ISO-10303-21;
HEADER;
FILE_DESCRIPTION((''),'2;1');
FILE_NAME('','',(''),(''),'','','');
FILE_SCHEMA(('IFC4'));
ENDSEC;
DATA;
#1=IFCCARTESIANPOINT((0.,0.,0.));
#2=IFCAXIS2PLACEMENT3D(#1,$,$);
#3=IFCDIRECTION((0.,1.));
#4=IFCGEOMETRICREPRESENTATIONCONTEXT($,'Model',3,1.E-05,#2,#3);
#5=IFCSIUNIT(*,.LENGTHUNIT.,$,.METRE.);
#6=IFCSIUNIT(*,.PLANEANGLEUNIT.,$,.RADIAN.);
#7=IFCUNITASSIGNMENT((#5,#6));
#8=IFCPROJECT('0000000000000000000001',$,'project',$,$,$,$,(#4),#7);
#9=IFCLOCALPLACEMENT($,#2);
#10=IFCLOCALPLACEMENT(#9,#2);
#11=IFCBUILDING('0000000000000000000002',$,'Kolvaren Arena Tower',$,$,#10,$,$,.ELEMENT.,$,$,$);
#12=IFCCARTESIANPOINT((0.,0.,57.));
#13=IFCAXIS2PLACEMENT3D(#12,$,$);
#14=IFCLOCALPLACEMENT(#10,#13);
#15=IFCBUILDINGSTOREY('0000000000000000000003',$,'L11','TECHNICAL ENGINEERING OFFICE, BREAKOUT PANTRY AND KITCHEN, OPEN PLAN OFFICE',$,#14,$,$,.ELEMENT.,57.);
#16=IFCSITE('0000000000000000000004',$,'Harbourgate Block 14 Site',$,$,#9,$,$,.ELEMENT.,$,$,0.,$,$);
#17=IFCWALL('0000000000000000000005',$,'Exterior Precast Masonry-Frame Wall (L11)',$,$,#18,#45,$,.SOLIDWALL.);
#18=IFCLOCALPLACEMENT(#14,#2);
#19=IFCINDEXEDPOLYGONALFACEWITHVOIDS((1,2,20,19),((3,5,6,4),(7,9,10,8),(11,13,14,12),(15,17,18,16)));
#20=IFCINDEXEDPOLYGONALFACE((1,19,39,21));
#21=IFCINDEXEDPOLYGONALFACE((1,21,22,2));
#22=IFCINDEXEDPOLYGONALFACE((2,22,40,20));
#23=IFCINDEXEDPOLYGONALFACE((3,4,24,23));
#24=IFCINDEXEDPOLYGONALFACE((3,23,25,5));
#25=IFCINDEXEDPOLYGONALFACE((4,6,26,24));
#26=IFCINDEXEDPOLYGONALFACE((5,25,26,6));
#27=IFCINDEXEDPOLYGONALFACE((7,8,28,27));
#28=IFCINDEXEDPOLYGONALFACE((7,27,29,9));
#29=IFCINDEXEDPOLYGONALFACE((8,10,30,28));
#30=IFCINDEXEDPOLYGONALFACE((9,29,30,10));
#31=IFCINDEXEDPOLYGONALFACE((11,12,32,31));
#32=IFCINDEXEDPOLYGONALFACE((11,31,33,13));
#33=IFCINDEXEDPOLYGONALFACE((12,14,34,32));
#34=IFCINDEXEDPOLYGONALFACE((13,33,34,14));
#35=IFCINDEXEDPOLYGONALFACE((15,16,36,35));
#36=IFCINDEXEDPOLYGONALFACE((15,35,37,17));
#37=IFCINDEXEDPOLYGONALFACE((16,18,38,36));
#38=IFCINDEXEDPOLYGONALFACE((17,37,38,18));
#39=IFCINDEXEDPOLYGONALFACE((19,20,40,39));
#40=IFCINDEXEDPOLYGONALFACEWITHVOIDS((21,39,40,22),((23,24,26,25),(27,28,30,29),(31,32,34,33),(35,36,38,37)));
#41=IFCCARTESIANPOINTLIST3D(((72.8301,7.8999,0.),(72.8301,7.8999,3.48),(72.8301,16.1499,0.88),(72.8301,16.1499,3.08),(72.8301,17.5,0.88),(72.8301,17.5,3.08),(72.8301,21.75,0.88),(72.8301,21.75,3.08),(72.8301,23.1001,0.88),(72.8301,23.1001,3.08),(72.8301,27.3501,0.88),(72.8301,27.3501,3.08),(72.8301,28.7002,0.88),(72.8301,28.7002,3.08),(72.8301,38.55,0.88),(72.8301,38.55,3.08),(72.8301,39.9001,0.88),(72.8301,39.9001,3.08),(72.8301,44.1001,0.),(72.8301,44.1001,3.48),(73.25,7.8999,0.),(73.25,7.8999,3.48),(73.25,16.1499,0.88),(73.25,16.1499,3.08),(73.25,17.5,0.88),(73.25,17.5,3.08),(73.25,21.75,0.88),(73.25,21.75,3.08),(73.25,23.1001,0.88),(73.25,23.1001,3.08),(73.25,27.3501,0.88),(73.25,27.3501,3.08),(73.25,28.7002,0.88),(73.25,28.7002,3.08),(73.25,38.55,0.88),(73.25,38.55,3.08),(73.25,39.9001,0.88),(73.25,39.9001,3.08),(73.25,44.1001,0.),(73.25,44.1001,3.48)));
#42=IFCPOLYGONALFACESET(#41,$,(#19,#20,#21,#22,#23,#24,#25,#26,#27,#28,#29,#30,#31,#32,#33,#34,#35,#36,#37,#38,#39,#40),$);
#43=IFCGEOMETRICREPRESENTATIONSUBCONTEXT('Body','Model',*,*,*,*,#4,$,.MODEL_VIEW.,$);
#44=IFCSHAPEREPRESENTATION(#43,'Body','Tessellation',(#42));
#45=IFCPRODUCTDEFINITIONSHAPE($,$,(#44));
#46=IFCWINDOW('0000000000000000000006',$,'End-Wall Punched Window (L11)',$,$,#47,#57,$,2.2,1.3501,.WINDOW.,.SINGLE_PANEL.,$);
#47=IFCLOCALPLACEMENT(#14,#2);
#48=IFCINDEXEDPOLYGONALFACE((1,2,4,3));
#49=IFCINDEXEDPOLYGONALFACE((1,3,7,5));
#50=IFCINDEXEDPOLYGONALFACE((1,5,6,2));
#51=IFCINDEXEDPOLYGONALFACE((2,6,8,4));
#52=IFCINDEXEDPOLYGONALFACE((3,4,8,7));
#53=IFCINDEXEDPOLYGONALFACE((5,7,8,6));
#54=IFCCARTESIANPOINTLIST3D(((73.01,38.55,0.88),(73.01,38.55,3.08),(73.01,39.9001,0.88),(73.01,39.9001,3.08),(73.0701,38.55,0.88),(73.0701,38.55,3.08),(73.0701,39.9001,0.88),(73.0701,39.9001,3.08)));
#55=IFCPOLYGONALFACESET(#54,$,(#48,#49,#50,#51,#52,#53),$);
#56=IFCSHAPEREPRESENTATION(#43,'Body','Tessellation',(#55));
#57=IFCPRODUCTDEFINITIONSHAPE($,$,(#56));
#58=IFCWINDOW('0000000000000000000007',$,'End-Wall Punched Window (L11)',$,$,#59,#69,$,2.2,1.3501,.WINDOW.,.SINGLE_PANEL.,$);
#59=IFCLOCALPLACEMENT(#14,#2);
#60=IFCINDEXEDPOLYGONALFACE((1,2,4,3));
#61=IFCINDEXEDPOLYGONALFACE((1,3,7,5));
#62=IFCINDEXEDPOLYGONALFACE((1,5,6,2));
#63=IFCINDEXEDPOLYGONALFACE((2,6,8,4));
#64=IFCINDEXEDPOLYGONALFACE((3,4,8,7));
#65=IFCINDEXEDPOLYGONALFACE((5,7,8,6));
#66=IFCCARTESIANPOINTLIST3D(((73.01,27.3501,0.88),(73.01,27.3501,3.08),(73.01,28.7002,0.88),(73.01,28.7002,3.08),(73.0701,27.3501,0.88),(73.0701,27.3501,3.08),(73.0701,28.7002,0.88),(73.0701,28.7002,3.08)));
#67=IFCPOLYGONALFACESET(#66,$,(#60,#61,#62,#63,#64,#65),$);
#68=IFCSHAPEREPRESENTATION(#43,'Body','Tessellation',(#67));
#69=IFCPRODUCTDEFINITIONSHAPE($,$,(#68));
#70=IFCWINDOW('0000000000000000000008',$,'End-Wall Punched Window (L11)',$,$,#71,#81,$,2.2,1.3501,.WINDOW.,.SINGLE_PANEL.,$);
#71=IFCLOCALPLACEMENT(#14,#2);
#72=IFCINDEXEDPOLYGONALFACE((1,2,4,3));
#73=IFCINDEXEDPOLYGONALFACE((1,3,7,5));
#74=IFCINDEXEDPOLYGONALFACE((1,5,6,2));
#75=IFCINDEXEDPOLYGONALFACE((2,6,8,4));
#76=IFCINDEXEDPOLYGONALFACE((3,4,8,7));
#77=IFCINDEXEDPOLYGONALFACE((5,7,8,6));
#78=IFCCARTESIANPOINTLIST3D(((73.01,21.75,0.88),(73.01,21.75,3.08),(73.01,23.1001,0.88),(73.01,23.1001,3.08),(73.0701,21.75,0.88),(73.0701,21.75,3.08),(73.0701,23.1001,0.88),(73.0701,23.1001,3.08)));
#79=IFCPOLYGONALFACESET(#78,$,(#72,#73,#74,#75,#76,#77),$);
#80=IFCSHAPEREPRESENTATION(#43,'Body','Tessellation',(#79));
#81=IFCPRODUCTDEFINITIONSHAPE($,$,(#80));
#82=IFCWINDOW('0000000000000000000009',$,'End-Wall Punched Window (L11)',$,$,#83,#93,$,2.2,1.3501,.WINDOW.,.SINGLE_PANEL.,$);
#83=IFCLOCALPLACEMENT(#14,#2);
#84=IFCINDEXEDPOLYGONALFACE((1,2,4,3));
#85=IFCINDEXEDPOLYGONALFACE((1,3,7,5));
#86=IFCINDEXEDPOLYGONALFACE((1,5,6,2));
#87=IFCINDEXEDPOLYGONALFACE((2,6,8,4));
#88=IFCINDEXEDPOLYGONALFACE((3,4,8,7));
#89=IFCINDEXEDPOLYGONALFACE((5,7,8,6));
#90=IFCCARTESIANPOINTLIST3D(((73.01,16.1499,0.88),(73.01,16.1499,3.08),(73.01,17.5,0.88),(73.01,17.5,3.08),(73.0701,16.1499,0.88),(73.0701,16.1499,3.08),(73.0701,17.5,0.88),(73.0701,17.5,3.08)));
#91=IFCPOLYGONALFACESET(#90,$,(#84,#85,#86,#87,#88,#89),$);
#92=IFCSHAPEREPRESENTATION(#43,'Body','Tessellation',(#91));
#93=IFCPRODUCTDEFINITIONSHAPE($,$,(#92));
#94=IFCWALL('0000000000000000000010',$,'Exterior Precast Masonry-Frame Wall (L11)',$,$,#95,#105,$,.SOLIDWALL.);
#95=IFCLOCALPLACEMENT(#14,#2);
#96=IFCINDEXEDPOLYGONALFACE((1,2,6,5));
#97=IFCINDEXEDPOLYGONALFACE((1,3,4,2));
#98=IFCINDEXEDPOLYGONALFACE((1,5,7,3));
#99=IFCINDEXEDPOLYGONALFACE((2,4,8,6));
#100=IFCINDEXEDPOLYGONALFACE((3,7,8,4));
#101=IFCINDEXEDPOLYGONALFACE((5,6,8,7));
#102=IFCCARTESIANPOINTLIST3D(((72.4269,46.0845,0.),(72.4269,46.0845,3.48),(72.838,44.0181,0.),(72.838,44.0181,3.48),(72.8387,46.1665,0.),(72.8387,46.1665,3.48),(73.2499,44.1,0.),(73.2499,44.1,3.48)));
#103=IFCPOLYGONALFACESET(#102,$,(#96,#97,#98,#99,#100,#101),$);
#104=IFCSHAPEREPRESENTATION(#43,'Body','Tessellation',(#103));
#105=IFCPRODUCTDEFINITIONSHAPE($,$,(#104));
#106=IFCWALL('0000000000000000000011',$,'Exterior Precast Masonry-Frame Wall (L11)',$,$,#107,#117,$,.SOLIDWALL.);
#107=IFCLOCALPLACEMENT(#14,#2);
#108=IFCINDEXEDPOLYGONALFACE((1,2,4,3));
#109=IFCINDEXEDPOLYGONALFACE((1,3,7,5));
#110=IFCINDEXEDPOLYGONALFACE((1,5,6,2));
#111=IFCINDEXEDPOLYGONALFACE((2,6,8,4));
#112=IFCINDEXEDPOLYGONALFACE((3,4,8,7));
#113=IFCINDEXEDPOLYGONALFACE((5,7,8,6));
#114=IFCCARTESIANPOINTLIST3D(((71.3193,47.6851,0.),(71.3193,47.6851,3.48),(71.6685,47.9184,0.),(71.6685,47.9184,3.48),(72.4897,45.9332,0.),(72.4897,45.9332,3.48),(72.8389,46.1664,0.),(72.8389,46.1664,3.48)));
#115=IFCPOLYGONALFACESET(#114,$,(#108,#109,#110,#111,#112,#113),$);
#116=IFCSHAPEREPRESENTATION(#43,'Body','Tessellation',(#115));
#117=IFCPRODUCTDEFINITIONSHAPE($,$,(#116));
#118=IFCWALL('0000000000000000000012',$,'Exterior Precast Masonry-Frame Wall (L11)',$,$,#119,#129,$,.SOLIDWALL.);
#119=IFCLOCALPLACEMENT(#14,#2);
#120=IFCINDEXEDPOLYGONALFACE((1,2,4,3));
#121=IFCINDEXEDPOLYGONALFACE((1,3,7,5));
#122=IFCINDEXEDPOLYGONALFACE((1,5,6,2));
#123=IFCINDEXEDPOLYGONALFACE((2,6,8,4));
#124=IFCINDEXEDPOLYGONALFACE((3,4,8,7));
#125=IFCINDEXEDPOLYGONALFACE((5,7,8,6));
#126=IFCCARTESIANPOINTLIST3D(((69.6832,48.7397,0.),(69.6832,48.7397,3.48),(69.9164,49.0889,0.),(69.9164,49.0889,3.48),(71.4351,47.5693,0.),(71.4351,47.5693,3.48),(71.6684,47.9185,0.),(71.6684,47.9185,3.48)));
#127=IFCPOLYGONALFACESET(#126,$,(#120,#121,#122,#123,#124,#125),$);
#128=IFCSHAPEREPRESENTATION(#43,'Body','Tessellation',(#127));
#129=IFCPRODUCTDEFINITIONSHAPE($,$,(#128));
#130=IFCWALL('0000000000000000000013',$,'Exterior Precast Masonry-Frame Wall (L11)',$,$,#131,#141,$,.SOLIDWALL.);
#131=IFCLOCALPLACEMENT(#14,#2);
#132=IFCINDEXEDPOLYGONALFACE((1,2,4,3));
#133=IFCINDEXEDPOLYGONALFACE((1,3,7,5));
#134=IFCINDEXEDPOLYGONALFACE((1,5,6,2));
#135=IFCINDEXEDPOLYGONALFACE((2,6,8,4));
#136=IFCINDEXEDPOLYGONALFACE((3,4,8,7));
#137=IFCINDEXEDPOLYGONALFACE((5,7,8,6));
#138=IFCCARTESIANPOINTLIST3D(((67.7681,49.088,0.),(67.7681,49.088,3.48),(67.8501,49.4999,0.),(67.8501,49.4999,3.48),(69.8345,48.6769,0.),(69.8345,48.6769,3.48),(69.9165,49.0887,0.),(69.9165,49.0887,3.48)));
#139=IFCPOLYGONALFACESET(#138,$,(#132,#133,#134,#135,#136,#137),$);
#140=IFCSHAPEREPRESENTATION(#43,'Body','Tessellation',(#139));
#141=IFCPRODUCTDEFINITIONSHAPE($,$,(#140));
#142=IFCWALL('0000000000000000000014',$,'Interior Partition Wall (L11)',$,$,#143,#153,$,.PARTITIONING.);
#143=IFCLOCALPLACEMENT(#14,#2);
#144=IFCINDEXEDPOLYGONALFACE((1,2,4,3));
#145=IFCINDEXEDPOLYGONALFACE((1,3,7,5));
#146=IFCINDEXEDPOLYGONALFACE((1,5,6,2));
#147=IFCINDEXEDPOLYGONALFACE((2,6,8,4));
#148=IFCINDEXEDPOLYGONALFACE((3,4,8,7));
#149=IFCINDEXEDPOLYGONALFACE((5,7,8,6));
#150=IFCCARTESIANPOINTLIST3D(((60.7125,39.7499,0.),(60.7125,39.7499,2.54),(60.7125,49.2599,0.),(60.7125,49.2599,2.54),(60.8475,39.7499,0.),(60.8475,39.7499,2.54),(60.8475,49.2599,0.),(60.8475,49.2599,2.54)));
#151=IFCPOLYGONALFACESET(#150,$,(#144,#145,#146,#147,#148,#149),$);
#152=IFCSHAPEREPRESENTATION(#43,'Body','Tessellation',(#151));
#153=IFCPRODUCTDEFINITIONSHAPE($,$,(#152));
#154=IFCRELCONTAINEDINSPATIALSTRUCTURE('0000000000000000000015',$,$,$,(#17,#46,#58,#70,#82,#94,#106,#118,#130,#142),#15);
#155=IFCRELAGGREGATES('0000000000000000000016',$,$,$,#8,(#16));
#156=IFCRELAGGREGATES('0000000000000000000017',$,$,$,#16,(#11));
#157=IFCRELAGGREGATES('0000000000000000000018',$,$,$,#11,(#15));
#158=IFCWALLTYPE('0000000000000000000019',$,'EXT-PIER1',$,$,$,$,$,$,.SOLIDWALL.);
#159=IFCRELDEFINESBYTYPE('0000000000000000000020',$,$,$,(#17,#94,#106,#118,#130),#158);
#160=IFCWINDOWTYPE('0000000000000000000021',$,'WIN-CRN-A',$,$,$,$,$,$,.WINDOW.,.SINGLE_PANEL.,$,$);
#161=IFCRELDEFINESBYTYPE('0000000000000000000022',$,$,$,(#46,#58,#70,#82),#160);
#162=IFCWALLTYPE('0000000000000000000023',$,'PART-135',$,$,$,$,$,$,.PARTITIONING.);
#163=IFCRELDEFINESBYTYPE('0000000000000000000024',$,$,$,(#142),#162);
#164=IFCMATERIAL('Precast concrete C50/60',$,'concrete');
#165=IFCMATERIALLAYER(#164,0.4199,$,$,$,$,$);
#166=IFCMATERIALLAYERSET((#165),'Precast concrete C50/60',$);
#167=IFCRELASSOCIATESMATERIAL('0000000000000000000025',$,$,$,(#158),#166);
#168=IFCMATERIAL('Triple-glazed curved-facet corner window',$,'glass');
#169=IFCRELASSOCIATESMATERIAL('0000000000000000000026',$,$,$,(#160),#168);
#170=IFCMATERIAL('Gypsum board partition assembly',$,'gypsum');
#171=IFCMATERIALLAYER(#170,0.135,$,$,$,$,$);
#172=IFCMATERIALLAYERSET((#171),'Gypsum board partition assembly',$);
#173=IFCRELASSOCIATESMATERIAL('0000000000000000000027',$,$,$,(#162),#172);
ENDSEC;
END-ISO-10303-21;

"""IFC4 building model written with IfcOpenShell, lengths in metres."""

from ifc_helpers import new_model, si_unit, direction, frame, frame_2d, origin, place, context, subcontext, project, spatial, rectangle, extrude, material, layer, layer_set, type_object, element, fill, save


model = new_model("IFC4")

# Units and contexts
model_context = context("Model", 3, precision=1e-05, world=origin(), true_north=direction((0.0, 1.0)))
body_context = subcontext(model_context, "Body", "Model", "MODEL_VIEW")
ifc_project = project(units=[si_unit("LENGTHUNIT", "METRE"), si_unit("PLANEANGLEUNIT", "RADIAN")], contexts=[model_context])

# Site, building, storey
site_placement = place(None, origin())
site = spatial("IfcSite", under=ifc_project, at=site_placement, Name="Harbourgate Block 14 Site", CompositionType="ELEMENT", RefElevation=0.0)
building_placement = place(site_placement, origin())
building = spatial("IfcBuilding", under=site, at=building_placement, Name="Kolvaren Arena Tower", CompositionType="ELEMENT")
storey_placement = place(building_placement, frame((0.0, 0.0, 57.0)))
storey = spatial("IfcBuildingStorey", under=building, at=storey_placement, Name="L11", Description="TECHNICAL ENGINEERING OFFICE, BREAKOUT PANTRY AND KITCHEN, OPEN PLAN OFFICE", CompositionType="ELEMENT", Elevation=57.0)

# Wall, openings, windows
ifc_material_1 = material(Name="Precast concrete C50/60", Category="concrete")
ifc_layer_1 = layer(ifc_material_1, 0.4199)
ifc_layer_set_1 = layer_set([ifc_layer_1], Name="Precast concrete C50/60")
wall_type_1 = type_object("IfcWallType", Name="EXT-PIER1", PredefinedType="SOLIDWALL", material=ifc_layer_set_1)
wall_1_placement = place(storey_placement, frame((73.04, 44.1001, 0.0), z_axis=(0.0, 0.0, 1.0), x_axis=(0.0, -1.0, 0.0)))
wall_1 = element("IfcWall", 1, at=wall_1_placement, inside=storey, type_object=wall_type_1, Name="Exterior Precast Masonry-Frame Wall (L11)", PredefinedType="SOLIDWALL", context=body_context, shape_type="SweptSolid", body=[
    extrude(rectangle(XDim=36.2002, YDim=0.4199, at=frame_2d((18.1001, 0.0))), origin(), (0.0, 0.0, 1.0), 3.48),
])
opening_1_placement = place(wall_1_placement, frame((4.2, 0.0, 0.8799)))
opening_1 = element("IfcOpeningElement", 2, at=opening_1_placement, cuts=wall_1, PredefinedType="OPENING", context=body_context, shape_type="SweptSolid", body=[
    extrude(rectangle(XDim=1.3501, YDim=2.2, at=frame_2d((0.675, 1.1001))), frame((0.0, 0.22, 0.0), z_axis=(0.0, -1.0, 0.0), x_axis=(1.0, 0.0, 0.0)), (0.0, 0.0, 1.0), 0.4399),
])
opening_2_placement = place(wall_1_placement, frame((15.3999, 0.0, 0.8799)))
opening_2 = element("IfcOpeningElement", 3, at=opening_2_placement, cuts=wall_1, PredefinedType="OPENING", context=body_context, shape_type="SweptSolid", body=[
    extrude(rectangle(XDim=1.3501, YDim=2.2, at=frame_2d((0.675, 1.1001))), frame((0.0, 0.22, 0.0), z_axis=(0.0, -1.0, 0.0), x_axis=(1.0, 0.0, 0.0)), (0.0, 0.0, 1.0), 0.4399),
])
opening_3_placement = place(wall_1_placement, frame((21.0, 0.0, 0.8799)))
opening_3 = element("IfcOpeningElement", 4, at=opening_3_placement, cuts=wall_1, PredefinedType="OPENING", context=body_context, shape_type="SweptSolid", body=[
    extrude(rectangle(XDim=1.3501, YDim=2.2, at=frame_2d((0.675, 1.1001))), frame((0.0, 0.22, 0.0), z_axis=(0.0, -1.0, 0.0), x_axis=(1.0, 0.0, 0.0)), (0.0, 0.0, 1.0), 0.4399),
])
opening_4_placement = place(wall_1_placement, frame((26.6001, 0.0, 0.8799)))
opening_4 = element("IfcOpeningElement", 5, at=opening_4_placement, cuts=wall_1, PredefinedType="OPENING", context=body_context, shape_type="SweptSolid", body=[
    extrude(rectangle(XDim=1.3501, YDim=2.2, at=frame_2d((0.675, 1.1001))), frame((0.0, 0.22, 0.0), z_axis=(0.0, -1.0, 0.0), x_axis=(1.0, 0.0, 0.0)), (0.0, 0.0, 1.0), 0.4399),
])
ifc_material_2 = material(Name="Triple-glazed curved-facet corner window", Category="glass")
window_type = type_object("IfcWindowType", Name="WIN-CRN-A", PartitioningType="SINGLE_PANEL", PredefinedType="WINDOW", material=ifc_material_2)
window_1_placement = place(opening_1_placement, origin())
window_1 = element("IfcWindow", 6, at=window_1_placement, inside=storey, type_object=window_type, Name="End-Wall Punched Window (L11)", OverallHeight=2.2, OverallWidth=1.3501, PartitioningType="SINGLE_PANEL", PredefinedType="WINDOW", context=body_context, shape_type="SweptSolid", body=[
    extrude(rectangle(XDim=1.3501, YDim=2.2, at=frame_2d((0.675, 1.1001))), frame((0.0, 0.03, 0.0), z_axis=(0.0, -1.0, 0.0), x_axis=(1.0, 0.0, 0.0)), (0.0, 0.0, 1.0), 0.0601),
])
fill(opening_1, window_1)
window_2_placement = place(opening_2_placement, origin())
window_2 = element("IfcWindow", 7, at=window_2_placement, inside=storey, type_object=window_type, Name="End-Wall Punched Window (L11)", OverallHeight=2.2, OverallWidth=1.3501, PartitioningType="SINGLE_PANEL", PredefinedType="WINDOW", context=body_context, shape_type="SweptSolid", body=[
    extrude(rectangle(XDim=1.3501, YDim=2.2, at=frame_2d((0.675, 1.1001))), frame((0.0, 0.03, 0.0), z_axis=(0.0, -1.0, 0.0), x_axis=(1.0, 0.0, 0.0)), (0.0, 0.0, 1.0), 0.0601),
])
fill(opening_2, window_2)
window_3_placement = place(opening_3_placement, origin())
window_3 = element("IfcWindow", 8, at=window_3_placement, inside=storey, type_object=window_type, Name="End-Wall Punched Window (L11)", OverallHeight=2.2, OverallWidth=1.3501, PartitioningType="SINGLE_PANEL", PredefinedType="WINDOW", context=body_context, shape_type="SweptSolid", body=[
    extrude(rectangle(XDim=1.3501, YDim=2.2, at=frame_2d((0.675, 1.1001))), frame((0.0, 0.03, 0.0), z_axis=(0.0, -1.0, 0.0), x_axis=(1.0, 0.0, 0.0)), (0.0, 0.0, 1.0), 0.0601),
])
fill(opening_3, window_3)
window_4_placement = place(opening_4_placement, origin())
window_4 = element("IfcWindow", 9, at=window_4_placement, inside=storey, type_object=window_type, Name="End-Wall Punched Window (L11)", OverallHeight=2.2, OverallWidth=1.3501, PartitioningType="SINGLE_PANEL", PredefinedType="WINDOW", context=body_context, shape_type="SweptSolid", body=[
    extrude(rectangle(XDim=1.3501, YDim=2.2, at=frame_2d((0.675, 1.1001))), frame((0.0, 0.03, 0.0), z_axis=(0.0, -1.0, 0.0), x_axis=(1.0, 0.0, 0.0)), (0.0, 0.0, 1.0), 0.0601),
])
fill(opening_4, window_4)

# Walls
for number, where, z_axis, x_axis, name in (
    (10, (72.6328, 46.1255, 0.0), (0.0, 0.0, 1.0), (0.195136, -0.980776, 0.0), "Exterior Precast Masonry-Frame Wall (L11)"),
    (11, (71.4939, 47.8018, 0.0), (0.0, 0.0, 1.0), (0.555502, -0.831515, 0.0), "Exterior Precast Masonry-Frame Wall (L11)"),
    (12, (69.7998, 48.9143, 0.0), (0.0, 0.0, 1.0), (0.831515, -0.555502, 0.0), "Exterior Precast Masonry-Frame Wall (L11)"),
    (13, (67.8091, 49.2939, 0.0), (0.0, 0.0, 1.0), (0.980776, -0.195136, 0.0), "Exterior Precast Masonry-Frame Wall (L11)"),
):
    element("IfcWall", number, at=place(storey_placement, frame(where, z_axis=z_axis, x_axis=x_axis)), inside=storey, type_object=wall_type_1, Name=name, PredefinedType="SOLIDWALL", context=body_context, shape_type="SweptSolid", body=[
        extrude(rectangle(XDim=2.1069, YDim=0.4199, at=frame_2d((1.0535, 0.0))), origin(), (0.0, 0.0, 1.0), 3.48),
    ])
ifc_material_3 = material(Name="Gypsum board partition assembly", Category="gypsum")
ifc_layer_2 = layer(ifc_material_3, 0.135)
ifc_layer_set_2 = layer_set([ifc_layer_2], Name="Gypsum board partition assembly")
wall_type_2 = type_object("IfcWallType", Name="PART-135", PredefinedType="PARTITIONING", material=ifc_layer_set_2)
wall_2_placement = place(storey_placement, frame((60.78, 39.75, 0.0), z_axis=(0.0, 0.0, 1.0), x_axis=(0.0, 1.0, 0.0)))
element("IfcWall", 14, at=wall_2_placement, inside=storey, type_object=wall_type_2, Name="Interior Partition Wall (L11)", PredefinedType="PARTITIONING", context=body_context, shape_type="SweptSolid", body=[
    extrude(rectangle(XDim=9.51, YDim=0.135, at=frame_2d((4.7549, 0.0))), origin(), (0.0, 0.0, 1.0), 2.54),
])

save(model, "model.ifc")
